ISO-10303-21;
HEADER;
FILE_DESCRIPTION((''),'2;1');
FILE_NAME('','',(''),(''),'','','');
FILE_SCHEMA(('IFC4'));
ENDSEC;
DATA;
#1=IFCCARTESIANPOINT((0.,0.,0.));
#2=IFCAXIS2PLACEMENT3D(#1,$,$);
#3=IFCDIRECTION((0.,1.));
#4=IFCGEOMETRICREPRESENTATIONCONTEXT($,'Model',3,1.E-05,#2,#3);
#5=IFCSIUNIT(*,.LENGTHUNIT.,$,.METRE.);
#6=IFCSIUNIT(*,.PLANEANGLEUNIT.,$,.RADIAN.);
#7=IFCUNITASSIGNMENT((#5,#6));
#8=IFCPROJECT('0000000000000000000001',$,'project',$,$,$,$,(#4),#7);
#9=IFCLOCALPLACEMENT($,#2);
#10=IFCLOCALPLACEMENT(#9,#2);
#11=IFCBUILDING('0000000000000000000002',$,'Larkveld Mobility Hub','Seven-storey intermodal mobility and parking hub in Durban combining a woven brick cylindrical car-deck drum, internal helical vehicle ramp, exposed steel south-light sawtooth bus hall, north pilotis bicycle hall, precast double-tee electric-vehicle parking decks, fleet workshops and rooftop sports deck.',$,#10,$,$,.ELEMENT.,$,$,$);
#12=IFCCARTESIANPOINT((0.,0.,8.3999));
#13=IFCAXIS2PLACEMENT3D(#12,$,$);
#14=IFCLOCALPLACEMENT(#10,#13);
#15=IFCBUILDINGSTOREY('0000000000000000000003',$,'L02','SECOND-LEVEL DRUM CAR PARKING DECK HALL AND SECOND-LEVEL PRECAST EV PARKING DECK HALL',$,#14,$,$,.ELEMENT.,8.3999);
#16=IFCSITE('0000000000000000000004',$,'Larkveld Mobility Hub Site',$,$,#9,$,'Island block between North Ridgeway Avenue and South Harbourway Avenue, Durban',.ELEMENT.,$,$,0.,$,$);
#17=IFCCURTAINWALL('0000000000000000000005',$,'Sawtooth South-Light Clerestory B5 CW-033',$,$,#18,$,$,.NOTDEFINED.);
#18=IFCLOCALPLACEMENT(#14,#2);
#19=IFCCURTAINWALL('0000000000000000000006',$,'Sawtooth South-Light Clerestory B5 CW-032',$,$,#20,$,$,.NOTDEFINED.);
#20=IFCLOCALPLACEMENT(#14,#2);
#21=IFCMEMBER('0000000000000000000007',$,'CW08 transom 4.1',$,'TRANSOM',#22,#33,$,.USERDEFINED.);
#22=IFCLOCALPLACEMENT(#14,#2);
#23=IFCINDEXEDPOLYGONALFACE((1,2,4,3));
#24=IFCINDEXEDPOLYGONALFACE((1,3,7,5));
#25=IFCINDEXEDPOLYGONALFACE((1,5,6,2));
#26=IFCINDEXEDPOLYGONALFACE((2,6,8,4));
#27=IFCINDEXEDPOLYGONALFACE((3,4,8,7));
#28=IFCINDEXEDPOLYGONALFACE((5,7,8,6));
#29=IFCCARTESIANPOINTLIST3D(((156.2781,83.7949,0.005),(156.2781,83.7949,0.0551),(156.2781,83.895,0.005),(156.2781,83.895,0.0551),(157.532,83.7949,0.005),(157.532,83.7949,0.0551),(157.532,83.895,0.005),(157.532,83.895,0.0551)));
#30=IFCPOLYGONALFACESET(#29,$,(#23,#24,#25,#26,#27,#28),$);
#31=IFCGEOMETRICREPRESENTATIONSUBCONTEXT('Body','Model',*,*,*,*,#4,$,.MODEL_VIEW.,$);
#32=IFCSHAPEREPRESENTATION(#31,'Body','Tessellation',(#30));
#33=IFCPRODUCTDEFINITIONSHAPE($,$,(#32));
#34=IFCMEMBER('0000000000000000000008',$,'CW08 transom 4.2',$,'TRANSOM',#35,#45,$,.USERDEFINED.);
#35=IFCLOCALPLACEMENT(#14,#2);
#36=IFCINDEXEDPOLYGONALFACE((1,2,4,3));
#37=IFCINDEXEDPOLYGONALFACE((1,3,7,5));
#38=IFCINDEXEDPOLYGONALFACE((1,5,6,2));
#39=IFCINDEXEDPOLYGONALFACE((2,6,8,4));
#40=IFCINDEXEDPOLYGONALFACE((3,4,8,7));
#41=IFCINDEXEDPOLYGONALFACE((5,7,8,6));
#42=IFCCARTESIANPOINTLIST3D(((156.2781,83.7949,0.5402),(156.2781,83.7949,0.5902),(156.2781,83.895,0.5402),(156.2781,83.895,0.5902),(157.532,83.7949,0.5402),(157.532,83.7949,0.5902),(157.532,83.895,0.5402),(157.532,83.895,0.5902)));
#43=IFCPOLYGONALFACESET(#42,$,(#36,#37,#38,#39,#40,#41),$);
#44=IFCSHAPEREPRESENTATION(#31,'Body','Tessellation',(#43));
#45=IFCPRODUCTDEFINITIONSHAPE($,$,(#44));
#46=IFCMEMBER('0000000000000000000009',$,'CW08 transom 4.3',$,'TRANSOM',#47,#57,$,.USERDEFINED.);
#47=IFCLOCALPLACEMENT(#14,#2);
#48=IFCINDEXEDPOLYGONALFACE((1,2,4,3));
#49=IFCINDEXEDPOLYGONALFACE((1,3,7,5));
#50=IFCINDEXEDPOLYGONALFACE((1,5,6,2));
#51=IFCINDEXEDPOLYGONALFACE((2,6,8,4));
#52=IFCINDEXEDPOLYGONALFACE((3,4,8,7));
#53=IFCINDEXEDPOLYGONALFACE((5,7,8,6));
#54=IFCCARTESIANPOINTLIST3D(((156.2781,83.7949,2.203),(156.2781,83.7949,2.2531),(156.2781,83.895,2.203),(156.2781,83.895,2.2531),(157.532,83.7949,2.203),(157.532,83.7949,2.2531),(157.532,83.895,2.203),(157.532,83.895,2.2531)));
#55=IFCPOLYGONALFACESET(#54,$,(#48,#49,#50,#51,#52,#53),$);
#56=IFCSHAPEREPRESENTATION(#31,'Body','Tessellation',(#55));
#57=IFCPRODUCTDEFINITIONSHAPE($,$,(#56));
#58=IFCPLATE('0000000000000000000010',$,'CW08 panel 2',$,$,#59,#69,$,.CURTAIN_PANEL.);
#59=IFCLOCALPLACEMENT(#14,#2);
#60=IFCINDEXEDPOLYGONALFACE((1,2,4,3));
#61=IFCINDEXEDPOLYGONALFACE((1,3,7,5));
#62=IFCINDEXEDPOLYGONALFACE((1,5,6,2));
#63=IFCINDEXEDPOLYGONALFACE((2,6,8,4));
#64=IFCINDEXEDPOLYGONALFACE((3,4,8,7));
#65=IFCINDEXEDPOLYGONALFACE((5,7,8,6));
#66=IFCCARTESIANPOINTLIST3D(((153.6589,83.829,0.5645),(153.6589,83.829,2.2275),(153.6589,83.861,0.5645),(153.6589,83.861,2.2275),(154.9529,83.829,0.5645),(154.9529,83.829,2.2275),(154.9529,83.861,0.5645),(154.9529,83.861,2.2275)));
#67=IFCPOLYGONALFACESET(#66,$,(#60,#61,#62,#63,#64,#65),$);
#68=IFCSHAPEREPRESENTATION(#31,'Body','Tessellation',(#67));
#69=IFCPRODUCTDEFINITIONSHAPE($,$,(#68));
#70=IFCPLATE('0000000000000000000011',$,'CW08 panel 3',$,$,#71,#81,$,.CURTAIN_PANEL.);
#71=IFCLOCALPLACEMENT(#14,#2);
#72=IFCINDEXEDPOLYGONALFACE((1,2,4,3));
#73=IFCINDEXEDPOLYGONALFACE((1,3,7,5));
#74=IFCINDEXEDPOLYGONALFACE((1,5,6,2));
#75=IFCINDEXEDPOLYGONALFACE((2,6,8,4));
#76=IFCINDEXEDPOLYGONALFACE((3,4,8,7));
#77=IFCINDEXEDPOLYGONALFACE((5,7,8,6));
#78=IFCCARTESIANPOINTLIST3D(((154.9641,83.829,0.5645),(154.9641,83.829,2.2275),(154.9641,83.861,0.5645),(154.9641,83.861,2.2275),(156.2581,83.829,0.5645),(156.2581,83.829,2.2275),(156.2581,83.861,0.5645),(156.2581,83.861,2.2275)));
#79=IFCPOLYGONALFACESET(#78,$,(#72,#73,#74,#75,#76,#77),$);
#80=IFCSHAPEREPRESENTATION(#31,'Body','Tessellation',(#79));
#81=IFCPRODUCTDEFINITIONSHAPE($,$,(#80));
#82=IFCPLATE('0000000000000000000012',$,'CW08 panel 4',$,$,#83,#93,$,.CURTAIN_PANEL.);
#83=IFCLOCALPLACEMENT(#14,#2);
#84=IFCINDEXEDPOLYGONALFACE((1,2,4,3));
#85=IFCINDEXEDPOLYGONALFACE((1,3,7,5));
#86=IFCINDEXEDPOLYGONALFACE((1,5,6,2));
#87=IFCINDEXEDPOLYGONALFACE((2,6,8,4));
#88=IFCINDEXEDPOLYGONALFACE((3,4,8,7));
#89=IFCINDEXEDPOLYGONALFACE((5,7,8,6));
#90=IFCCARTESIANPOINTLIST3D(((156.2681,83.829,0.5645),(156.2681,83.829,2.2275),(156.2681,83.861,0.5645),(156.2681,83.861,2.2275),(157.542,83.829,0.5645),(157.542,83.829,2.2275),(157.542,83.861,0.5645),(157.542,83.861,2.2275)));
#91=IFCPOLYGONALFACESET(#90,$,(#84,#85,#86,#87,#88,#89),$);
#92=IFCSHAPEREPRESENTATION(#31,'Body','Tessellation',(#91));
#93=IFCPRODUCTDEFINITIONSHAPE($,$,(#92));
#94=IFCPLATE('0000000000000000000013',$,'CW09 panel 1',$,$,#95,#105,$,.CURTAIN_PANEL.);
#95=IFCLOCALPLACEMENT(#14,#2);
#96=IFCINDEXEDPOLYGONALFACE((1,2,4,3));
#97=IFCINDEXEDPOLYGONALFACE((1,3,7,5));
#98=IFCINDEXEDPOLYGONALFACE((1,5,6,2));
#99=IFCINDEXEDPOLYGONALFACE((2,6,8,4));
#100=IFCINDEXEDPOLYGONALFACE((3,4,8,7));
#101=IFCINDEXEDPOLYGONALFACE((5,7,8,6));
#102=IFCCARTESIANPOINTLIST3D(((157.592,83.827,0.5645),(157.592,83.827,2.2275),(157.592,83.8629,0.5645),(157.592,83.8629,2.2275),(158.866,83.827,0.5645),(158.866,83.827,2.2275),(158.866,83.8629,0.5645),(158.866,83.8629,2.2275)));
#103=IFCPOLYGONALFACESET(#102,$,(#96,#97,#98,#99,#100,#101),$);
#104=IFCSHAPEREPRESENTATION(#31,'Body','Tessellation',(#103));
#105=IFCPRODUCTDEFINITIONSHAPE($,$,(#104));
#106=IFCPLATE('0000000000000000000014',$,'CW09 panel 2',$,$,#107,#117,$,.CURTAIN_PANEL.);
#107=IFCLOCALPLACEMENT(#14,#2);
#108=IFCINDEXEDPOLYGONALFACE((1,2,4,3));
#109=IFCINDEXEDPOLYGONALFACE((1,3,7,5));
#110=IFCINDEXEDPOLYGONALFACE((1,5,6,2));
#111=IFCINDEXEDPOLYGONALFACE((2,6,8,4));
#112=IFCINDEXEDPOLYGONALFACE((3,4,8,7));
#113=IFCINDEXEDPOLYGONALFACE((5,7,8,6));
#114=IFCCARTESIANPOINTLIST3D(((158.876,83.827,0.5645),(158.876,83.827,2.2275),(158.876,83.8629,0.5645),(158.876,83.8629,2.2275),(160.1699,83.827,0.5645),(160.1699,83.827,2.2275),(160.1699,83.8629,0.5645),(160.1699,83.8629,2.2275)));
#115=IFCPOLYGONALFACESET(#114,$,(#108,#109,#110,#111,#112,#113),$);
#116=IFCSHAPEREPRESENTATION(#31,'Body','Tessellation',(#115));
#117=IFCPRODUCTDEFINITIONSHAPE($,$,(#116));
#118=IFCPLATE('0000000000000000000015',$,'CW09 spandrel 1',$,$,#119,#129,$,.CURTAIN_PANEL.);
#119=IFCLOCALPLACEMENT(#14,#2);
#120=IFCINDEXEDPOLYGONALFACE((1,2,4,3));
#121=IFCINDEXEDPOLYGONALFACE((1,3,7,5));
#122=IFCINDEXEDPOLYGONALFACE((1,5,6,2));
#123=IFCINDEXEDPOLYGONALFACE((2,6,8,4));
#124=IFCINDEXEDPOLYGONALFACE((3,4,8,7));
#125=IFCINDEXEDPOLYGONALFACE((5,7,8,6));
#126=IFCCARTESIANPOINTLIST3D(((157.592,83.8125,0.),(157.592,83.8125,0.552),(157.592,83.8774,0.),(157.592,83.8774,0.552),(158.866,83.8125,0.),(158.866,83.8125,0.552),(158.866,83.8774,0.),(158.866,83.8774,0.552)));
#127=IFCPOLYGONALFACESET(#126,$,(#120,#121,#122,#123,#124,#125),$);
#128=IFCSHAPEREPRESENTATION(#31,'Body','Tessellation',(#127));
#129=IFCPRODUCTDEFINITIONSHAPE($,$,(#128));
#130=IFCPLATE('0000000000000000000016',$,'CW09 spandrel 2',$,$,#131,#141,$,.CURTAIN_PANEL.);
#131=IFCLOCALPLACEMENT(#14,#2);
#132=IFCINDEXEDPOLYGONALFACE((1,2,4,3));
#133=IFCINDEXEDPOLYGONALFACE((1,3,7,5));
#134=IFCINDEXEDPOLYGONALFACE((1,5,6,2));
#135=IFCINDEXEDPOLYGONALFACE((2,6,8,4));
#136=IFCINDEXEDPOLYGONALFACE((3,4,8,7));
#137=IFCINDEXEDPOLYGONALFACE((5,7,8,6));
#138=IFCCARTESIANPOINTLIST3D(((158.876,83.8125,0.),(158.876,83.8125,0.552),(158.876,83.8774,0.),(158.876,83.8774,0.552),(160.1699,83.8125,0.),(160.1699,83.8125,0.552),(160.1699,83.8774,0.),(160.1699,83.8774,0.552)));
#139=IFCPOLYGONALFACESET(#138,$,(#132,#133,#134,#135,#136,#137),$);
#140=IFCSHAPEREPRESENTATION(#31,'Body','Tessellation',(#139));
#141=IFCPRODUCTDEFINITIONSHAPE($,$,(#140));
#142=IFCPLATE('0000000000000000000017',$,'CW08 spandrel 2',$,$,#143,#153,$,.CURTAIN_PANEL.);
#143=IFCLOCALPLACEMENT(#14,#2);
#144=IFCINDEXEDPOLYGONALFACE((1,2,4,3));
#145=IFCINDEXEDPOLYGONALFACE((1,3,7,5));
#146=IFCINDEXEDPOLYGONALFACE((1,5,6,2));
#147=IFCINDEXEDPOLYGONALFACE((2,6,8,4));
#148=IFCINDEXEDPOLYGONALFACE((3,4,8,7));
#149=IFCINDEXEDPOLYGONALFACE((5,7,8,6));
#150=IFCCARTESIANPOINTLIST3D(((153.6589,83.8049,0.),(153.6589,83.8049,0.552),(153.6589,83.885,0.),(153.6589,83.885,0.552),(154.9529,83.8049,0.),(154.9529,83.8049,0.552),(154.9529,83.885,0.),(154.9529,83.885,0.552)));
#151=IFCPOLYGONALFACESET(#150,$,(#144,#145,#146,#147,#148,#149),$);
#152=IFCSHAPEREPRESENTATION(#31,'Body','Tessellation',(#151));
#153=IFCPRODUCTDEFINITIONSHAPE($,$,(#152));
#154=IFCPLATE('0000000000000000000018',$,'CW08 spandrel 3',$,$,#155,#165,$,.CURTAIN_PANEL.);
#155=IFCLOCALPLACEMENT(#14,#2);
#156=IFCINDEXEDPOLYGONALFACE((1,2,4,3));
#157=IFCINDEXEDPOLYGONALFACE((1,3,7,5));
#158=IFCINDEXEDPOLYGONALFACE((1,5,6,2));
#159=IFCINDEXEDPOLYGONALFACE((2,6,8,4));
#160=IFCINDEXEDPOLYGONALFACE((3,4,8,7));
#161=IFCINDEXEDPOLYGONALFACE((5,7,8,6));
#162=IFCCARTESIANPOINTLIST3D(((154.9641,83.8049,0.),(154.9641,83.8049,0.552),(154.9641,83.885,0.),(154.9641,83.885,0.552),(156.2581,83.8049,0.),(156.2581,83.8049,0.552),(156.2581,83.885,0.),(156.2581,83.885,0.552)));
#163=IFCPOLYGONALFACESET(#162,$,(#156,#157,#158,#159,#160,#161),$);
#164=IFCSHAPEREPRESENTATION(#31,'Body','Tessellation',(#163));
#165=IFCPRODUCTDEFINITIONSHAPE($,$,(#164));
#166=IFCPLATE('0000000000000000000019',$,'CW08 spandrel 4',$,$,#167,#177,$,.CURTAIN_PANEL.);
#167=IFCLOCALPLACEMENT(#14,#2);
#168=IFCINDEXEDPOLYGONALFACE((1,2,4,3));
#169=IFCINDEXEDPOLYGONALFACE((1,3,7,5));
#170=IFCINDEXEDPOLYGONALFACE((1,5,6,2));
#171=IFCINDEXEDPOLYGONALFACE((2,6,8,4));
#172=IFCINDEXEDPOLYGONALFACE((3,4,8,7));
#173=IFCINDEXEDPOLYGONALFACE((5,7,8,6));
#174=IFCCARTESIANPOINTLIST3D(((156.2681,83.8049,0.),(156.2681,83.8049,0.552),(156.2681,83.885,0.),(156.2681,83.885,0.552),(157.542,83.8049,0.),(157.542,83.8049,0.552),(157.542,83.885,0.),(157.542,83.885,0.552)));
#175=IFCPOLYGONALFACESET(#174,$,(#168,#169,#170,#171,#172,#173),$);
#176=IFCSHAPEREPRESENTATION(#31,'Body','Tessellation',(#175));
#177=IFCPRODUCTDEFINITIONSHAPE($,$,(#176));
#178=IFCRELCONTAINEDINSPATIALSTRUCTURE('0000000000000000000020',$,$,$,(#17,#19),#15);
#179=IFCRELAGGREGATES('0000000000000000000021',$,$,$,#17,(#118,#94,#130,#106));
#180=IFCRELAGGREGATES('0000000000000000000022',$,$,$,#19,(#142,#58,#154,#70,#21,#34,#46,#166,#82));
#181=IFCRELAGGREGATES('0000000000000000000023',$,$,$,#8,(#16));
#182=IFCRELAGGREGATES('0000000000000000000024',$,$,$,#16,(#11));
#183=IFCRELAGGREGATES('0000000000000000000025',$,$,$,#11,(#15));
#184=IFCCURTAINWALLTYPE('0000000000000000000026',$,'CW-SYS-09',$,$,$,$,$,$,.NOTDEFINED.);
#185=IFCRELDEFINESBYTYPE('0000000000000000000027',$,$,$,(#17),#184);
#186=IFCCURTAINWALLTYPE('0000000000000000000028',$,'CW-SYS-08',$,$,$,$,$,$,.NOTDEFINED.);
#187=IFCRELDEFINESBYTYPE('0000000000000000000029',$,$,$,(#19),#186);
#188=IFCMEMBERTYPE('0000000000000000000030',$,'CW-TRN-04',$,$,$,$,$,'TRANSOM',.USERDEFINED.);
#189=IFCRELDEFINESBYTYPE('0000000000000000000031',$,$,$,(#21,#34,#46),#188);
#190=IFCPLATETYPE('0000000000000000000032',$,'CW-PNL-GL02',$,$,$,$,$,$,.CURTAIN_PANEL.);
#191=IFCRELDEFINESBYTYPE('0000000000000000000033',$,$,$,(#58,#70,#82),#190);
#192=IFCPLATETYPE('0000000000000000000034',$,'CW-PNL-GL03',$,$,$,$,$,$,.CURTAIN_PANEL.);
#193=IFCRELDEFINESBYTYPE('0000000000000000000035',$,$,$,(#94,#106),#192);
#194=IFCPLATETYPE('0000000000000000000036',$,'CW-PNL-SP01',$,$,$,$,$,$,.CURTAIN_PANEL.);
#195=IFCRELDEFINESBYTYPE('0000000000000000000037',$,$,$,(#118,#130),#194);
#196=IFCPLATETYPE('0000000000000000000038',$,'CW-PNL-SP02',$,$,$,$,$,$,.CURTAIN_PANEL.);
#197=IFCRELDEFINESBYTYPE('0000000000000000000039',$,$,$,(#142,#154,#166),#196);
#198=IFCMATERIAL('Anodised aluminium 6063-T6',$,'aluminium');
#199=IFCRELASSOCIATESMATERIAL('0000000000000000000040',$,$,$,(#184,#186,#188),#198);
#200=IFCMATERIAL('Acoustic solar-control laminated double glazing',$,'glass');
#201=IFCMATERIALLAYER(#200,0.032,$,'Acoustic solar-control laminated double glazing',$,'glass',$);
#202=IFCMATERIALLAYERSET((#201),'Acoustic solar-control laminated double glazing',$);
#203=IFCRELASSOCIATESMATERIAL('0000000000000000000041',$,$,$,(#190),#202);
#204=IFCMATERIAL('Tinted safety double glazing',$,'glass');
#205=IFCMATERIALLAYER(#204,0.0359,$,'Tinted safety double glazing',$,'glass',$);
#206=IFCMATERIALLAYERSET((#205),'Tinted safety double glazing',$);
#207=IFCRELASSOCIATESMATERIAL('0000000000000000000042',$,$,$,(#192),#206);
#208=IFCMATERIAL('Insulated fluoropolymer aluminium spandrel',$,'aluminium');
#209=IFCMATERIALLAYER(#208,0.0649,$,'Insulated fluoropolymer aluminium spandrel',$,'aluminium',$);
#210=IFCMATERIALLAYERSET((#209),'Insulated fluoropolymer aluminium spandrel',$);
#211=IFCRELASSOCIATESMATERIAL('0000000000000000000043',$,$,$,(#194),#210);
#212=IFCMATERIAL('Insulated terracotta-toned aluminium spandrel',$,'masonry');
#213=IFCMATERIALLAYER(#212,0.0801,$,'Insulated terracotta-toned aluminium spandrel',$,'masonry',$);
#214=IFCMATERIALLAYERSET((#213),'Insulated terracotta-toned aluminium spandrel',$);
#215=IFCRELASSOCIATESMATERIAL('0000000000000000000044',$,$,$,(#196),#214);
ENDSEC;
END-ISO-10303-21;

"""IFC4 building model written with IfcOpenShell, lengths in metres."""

from ifc_helpers import new_model, si_unit, direction, frame, origin, origin_2d, place, context, subcontext, project, spatial, rectangle, extrude, material, layer, layer_set, material_profile, profile_set, type_object, element, aggregate, save


model = new_model("IFC4")

# Units and contexts
model_context = context("Model", 3, precision=1e-05, world=origin(), true_north=direction((0.0, 1.0)))
body_context = subcontext(model_context, "Body", "Model", "MODEL_VIEW")
ifc_project = project(units=[si_unit("LENGTHUNIT", "METRE"), si_unit("PLANEANGLEUNIT", "RADIAN")], contexts=[model_context])

# Site, building, storey
site_placement = place(None, origin())
site = spatial("IfcSite", under=ifc_project, at=site_placement, Name="Larkveld Mobility Hub Site", LongName="Island block between North Ridgeway Avenue and South Harbourway Avenue, Durban", CompositionType="ELEMENT", RefElevation=0.0)
building_placement = place(site_placement, origin())
building = spatial("IfcBuilding", under=site, at=building_placement, Name="Larkveld Mobility Hub", Description="Seven-storey intermodal mobility and parking hub in Durban combining a woven brick cylindrical car-deck drum, internal helical vehicle ramp, exposed steel south-light sawtooth bus hall, north pilotis bicycle hall, precast double-tee electric-vehicle parking decks, fleet workshops and rooftop sports deck.", CompositionType="ELEMENT")
storey_placement = place(building_placement, frame((0.0, 0.0, 8.3999)))
storey = spatial("IfcBuildingStorey", under=building, at=storey_placement, Name="L02", Description="SECOND-LEVEL DRUM CAR PARKING DECK HALL AND SECOND-LEVEL PRECAST EV PARKING DECK HALL", CompositionType="ELEMENT", Elevation=8.3999)

# Curtain walls
ifc_material_1 = material(Name="Anodised aluminium 6063-T6", Category="aluminium")
curtain_wall_type_1 = type_object("IfcCurtainWallType", Name="CW-SYS-09", PredefinedType="NOTDEFINED", material=ifc_material_1)
curtain_wall_1_placement = place(storey_placement, origin())
curtain_wall_1 = element("IfcCurtainWall", 1, at=curtain_wall_1_placement, inside=storey, type_object=curtain_wall_type_1, Name="Sawtooth South-Light Clerestory B5 CW-033", PredefinedType="NOTDEFINED")
curtain_wall_type_2 = type_object("IfcCurtainWallType", Name="CW-SYS-08", PredefinedType="NOTDEFINED", material=ifc_material_1)
curtain_wall_2_placement = place(storey_placement, origin())
curtain_wall_2 = element("IfcCurtainWall", 2, at=curtain_wall_2_placement, inside=storey, type_object=curtain_wall_type_2, Name="Sawtooth South-Light Clerestory B5 CW-032", PredefinedType="NOTDEFINED")

# Members
ifc_material_profile_1 = material_profile(ifc_material_1, rectangle(XDim=0.1001, YDim=0.05, at=origin_2d()), Name="ALU TRAN 50x100")
ifc_profile_set_1 = profile_set([ifc_material_profile_1], Name="Anodised aluminium 6063-T6")
member_type_1 = type_object("IfcMemberType", Name="CW-TRN-04", ElementType="TRANSOM", PredefinedType="USERDEFINED", material=ifc_profile_set_1)
member_1_placement = place(storey_placement, frame((156.2781, 83.845, 0.03), z_axis=(1.0, 0.0, 0.0), x_axis=(0.0, 1.0, 0.0)))
member_1 = element("IfcMember", 3, at=member_1_placement, type_object=member_type_1, Name="CW08 transom 4.1", ObjectType="TRANSOM", PredefinedType="USERDEFINED", context=body_context, shape_type="SweptSolid", body=[
    extrude(rectangle(XDim=0.1001, YDim=0.05, at=origin_2d()), origin(), (0.0, 0.0, 1.0), 1.2539),
])
member_2_placement = place(storey_placement, frame((156.2781, 83.845, 0.5652), z_axis=(1.0, 0.0, 0.0), x_axis=(0.0, 1.0, 0.0)))
member_2 = element("IfcMember", 4, at=member_2_placement, type_object=member_type_1, Name="CW08 transom 4.2", ObjectType="TRANSOM", PredefinedType="USERDEFINED", context=body_context, shape_type="SweptSolid", body=[
    extrude(rectangle(XDim=0.1001, YDim=0.05, at=origin_2d()), origin(), (0.0, 0.0, 1.0), 1.2539),
])
member_3_placement = place(storey_placement, frame((156.2781, 83.845, 2.228), z_axis=(1.0, 0.0, 0.0), x_axis=(0.0, 1.0, 0.0)))
member_3 = element("IfcMember", 5, at=member_3_placement, type_object=member_type_1, Name="CW08 transom 4.3", ObjectType="TRANSOM", PredefinedType="USERDEFINED", context=body_context, shape_type="SweptSolid", body=[
    extrude(rectangle(XDim=0.1001, YDim=0.05, at=origin_2d()), origin(), (0.0, 0.0, 1.0), 1.2539),
])

# Plates
ifc_material_2 = material(Name="Acoustic solar-control laminated double glazing", Category="glass")
ifc_layer_1 = layer(ifc_material_2, 0.032, Name="Acoustic solar-control laminated double glazing", Category="glass")
ifc_layer_set_1 = layer_set([ifc_layer_1], Name="Acoustic solar-control laminated double glazing")
plate_type_1 = type_object("IfcPlateType", Name="CW-PNL-GL02", PredefinedType="CURTAIN_PANEL", material=ifc_layer_set_1)
plate_1_placement = place(storey_placement, frame((154.3059, 83.845, 0.5645), z_axis=(0.0, 0.0, 1.0), x_axis=(1.0, 0.0, 0.0)))
plate_1 = element("IfcPlate", 6, at=plate_1_placement, type_object=plate_type_1, Name="CW08 panel 2", PredefinedType="CURTAIN_PANEL", context=body_context, shape_type="SweptSolid", body=[
    extrude(rectangle(XDim=1.2939, YDim=0.032, at=origin_2d()), origin(), (0.0, 0.0, 1.0), 1.6631),
])
plate_2_placement = place(storey_placement, frame((155.6111, 83.845, 0.5645), z_axis=(0.0, 0.0, 1.0), x_axis=(1.0, 0.0, 0.0)))
plate_2 = element("IfcPlate", 7, at=plate_2_placement, type_object=plate_type_1, Name="CW08 panel 3", PredefinedType="CURTAIN_PANEL", context=body_context, shape_type="SweptSolid", body=[
    extrude(rectangle(XDim=1.2939, YDim=0.032, at=origin_2d()), origin(), (0.0, 0.0, 1.0), 1.6631),
])
plate_3_placement = place(storey_placement, frame((156.905, 83.845, 0.5645), z_axis=(0.0, 0.0, 1.0), x_axis=(1.0, 0.0, 0.0)))
plate_3 = element("IfcPlate", 8, at=plate_3_placement, type_object=plate_type_1, Name="CW08 panel 4", PredefinedType="CURTAIN_PANEL", context=body_context, shape_type="SweptSolid", body=[
    extrude(rectangle(XDim=1.2739, YDim=0.032, at=origin_2d()), origin(), (0.0, 0.0, 1.0), 1.6631),
])
ifc_material_3 = material(Name="Tinted safety double glazing", Category="glass")
ifc_layer_2 = layer(ifc_material_3, 0.0359, Name="Tinted safety double glazing", Category="glass")
ifc_layer_set_2 = layer_set([ifc_layer_2], Name="Tinted safety double glazing")
plate_type_2 = type_object("IfcPlateType", Name="CW-PNL-GL03", PredefinedType="CURTAIN_PANEL", material=ifc_layer_set_2)
plate_4_placement = place(storey_placement, frame((158.229, 83.845, 0.5645), z_axis=(0.0, 0.0, 1.0), x_axis=(1.0, 0.0, 0.0)))
plate_4 = element("IfcPlate", 9, at=plate_4_placement, type_object=plate_type_2, Name="CW09 panel 1", PredefinedType="CURTAIN_PANEL", context=body_context, shape_type="SweptSolid", body=[
    extrude(rectangle(XDim=1.2739, YDim=0.0359, at=origin_2d()), origin(), (0.0, 0.0, 1.0), 1.6631),
])
plate_5_placement = place(storey_placement, frame((159.5229, 83.845, 0.5645), z_axis=(0.0, 0.0, 1.0), x_axis=(1.0, 0.0, 0.0)))
plate_5 = element("IfcPlate", 10, at=plate_5_placement, type_object=plate_type_2, Name="CW09 panel 2", PredefinedType="CURTAIN_PANEL", context=body_context, shape_type="SweptSolid", body=[
    extrude(rectangle(XDim=1.2939, YDim=0.0359, at=origin_2d()), origin(), (0.0, 0.0, 1.0), 1.6631),
])
ifc_material_4 = material(Name="Insulated fluoropolymer aluminium spandrel", Category="aluminium")
ifc_layer_3 = layer(ifc_material_4, 0.0649, Name="Insulated fluoropolymer aluminium spandrel", Category="aluminium")
ifc_layer_set_3 = layer_set([ifc_layer_3], Name="Insulated fluoropolymer aluminium spandrel")
plate_type_3 = type_object("IfcPlateType", Name="CW-PNL-SP01", PredefinedType="CURTAIN_PANEL", material=ifc_layer_set_3)
plate_6_placement = place(storey_placement, frame((158.229, 83.845, 0.0), z_axis=(0.0, 0.0, 1.0), x_axis=(1.0, 0.0, 0.0)))
plate_6 = element("IfcPlate", 11, at=plate_6_placement, type_object=plate_type_3, Name="CW09 spandrel 1", PredefinedType="CURTAIN_PANEL", context=body_context, shape_type="SweptSolid", body=[
    extrude(rectangle(XDim=1.2739, YDim=0.0649, at=origin_2d()), origin(), (0.0, 0.0, 1.0), 0.552),
])
plate_7_placement = place(storey_placement, frame((159.5229, 83.845, 0.0), z_axis=(0.0, 0.0, 1.0), x_axis=(1.0, 0.0, 0.0)))
plate_7 = element("IfcPlate", 12, at=plate_7_placement, type_object=plate_type_3, Name="CW09 spandrel 2", PredefinedType="CURTAIN_PANEL", context=body_context, shape_type="SweptSolid", body=[
    extrude(rectangle(XDim=1.2939, YDim=0.0649, at=origin_2d()), origin(), (0.0, 0.0, 1.0), 0.552),
])
aggregate(curtain_wall_1, [plate_6, plate_4, plate_7, plate_5])
ifc_material_5 = material(Name="Insulated terracotta-toned aluminium spandrel", Category="masonry")
ifc_layer_4 = layer(ifc_material_5, 0.0801, Name="Insulated terracotta-toned aluminium spandrel", Category="masonry")
ifc_layer_set_4 = layer_set([ifc_layer_4], Name="Insulated terracotta-toned aluminium spandrel")
plate_type_4 = type_object("IfcPlateType", Name="CW-PNL-SP02", PredefinedType="CURTAIN_PANEL", material=ifc_layer_set_4)
plate_8_placement = place(storey_placement, frame((154.3059, 83.845, 0.0), z_axis=(0.0, 0.0, 1.0), x_axis=(1.0, 0.0, 0.0)))
plate_8 = element("IfcPlate", 13, at=plate_8_placement, type_object=plate_type_4, Name="CW08 spandrel 2", PredefinedType="CURTAIN_PANEL", context=body_context, shape_type="SweptSolid", body=[
    extrude(rectangle(XDim=1.2939, YDim=0.0801, at=origin_2d()), origin(), (0.0, 0.0, 1.0), 0.552),
])
plate_9_placement = place(storey_placement, frame((155.6111, 83.845, 0.0), z_axis=(0.0, 0.0, 1.0), x_axis=(1.0, 0.0, 0.0)))
plate_9 = element("IfcPlate", 14, at=plate_9_placement, type_object=plate_type_4, Name="CW08 spandrel 3", PredefinedType="CURTAIN_PANEL", context=body_context, shape_type="SweptSolid", body=[
    extrude(rectangle(XDim=1.2939, YDim=0.0801, at=origin_2d()), origin(), (0.0, 0.0, 1.0), 0.552),
])
plate_10_placement = place(storey_placement, frame((156.905, 83.845, 0.0), z_axis=(0.0, 0.0, 1.0), x_axis=(1.0, 0.0, 0.0)))
plate_10 = element("IfcPlate", 15, at=plate_10_placement, type_object=plate_type_4, Name="CW08 spandrel 4", PredefinedType="CURTAIN_PANEL", context=body_context, shape_type="SweptSolid", body=[
    extrude(rectangle(XDim=1.2739, YDim=0.0801, at=origin_2d()), origin(), (0.0, 0.0, 1.0), 0.552),
])
aggregate(curtain_wall_2, [plate_8, plate_1, plate_9, plate_2, member_1, member_2, member_3, plate_10, plate_3])

save(model, "model.ifc")
